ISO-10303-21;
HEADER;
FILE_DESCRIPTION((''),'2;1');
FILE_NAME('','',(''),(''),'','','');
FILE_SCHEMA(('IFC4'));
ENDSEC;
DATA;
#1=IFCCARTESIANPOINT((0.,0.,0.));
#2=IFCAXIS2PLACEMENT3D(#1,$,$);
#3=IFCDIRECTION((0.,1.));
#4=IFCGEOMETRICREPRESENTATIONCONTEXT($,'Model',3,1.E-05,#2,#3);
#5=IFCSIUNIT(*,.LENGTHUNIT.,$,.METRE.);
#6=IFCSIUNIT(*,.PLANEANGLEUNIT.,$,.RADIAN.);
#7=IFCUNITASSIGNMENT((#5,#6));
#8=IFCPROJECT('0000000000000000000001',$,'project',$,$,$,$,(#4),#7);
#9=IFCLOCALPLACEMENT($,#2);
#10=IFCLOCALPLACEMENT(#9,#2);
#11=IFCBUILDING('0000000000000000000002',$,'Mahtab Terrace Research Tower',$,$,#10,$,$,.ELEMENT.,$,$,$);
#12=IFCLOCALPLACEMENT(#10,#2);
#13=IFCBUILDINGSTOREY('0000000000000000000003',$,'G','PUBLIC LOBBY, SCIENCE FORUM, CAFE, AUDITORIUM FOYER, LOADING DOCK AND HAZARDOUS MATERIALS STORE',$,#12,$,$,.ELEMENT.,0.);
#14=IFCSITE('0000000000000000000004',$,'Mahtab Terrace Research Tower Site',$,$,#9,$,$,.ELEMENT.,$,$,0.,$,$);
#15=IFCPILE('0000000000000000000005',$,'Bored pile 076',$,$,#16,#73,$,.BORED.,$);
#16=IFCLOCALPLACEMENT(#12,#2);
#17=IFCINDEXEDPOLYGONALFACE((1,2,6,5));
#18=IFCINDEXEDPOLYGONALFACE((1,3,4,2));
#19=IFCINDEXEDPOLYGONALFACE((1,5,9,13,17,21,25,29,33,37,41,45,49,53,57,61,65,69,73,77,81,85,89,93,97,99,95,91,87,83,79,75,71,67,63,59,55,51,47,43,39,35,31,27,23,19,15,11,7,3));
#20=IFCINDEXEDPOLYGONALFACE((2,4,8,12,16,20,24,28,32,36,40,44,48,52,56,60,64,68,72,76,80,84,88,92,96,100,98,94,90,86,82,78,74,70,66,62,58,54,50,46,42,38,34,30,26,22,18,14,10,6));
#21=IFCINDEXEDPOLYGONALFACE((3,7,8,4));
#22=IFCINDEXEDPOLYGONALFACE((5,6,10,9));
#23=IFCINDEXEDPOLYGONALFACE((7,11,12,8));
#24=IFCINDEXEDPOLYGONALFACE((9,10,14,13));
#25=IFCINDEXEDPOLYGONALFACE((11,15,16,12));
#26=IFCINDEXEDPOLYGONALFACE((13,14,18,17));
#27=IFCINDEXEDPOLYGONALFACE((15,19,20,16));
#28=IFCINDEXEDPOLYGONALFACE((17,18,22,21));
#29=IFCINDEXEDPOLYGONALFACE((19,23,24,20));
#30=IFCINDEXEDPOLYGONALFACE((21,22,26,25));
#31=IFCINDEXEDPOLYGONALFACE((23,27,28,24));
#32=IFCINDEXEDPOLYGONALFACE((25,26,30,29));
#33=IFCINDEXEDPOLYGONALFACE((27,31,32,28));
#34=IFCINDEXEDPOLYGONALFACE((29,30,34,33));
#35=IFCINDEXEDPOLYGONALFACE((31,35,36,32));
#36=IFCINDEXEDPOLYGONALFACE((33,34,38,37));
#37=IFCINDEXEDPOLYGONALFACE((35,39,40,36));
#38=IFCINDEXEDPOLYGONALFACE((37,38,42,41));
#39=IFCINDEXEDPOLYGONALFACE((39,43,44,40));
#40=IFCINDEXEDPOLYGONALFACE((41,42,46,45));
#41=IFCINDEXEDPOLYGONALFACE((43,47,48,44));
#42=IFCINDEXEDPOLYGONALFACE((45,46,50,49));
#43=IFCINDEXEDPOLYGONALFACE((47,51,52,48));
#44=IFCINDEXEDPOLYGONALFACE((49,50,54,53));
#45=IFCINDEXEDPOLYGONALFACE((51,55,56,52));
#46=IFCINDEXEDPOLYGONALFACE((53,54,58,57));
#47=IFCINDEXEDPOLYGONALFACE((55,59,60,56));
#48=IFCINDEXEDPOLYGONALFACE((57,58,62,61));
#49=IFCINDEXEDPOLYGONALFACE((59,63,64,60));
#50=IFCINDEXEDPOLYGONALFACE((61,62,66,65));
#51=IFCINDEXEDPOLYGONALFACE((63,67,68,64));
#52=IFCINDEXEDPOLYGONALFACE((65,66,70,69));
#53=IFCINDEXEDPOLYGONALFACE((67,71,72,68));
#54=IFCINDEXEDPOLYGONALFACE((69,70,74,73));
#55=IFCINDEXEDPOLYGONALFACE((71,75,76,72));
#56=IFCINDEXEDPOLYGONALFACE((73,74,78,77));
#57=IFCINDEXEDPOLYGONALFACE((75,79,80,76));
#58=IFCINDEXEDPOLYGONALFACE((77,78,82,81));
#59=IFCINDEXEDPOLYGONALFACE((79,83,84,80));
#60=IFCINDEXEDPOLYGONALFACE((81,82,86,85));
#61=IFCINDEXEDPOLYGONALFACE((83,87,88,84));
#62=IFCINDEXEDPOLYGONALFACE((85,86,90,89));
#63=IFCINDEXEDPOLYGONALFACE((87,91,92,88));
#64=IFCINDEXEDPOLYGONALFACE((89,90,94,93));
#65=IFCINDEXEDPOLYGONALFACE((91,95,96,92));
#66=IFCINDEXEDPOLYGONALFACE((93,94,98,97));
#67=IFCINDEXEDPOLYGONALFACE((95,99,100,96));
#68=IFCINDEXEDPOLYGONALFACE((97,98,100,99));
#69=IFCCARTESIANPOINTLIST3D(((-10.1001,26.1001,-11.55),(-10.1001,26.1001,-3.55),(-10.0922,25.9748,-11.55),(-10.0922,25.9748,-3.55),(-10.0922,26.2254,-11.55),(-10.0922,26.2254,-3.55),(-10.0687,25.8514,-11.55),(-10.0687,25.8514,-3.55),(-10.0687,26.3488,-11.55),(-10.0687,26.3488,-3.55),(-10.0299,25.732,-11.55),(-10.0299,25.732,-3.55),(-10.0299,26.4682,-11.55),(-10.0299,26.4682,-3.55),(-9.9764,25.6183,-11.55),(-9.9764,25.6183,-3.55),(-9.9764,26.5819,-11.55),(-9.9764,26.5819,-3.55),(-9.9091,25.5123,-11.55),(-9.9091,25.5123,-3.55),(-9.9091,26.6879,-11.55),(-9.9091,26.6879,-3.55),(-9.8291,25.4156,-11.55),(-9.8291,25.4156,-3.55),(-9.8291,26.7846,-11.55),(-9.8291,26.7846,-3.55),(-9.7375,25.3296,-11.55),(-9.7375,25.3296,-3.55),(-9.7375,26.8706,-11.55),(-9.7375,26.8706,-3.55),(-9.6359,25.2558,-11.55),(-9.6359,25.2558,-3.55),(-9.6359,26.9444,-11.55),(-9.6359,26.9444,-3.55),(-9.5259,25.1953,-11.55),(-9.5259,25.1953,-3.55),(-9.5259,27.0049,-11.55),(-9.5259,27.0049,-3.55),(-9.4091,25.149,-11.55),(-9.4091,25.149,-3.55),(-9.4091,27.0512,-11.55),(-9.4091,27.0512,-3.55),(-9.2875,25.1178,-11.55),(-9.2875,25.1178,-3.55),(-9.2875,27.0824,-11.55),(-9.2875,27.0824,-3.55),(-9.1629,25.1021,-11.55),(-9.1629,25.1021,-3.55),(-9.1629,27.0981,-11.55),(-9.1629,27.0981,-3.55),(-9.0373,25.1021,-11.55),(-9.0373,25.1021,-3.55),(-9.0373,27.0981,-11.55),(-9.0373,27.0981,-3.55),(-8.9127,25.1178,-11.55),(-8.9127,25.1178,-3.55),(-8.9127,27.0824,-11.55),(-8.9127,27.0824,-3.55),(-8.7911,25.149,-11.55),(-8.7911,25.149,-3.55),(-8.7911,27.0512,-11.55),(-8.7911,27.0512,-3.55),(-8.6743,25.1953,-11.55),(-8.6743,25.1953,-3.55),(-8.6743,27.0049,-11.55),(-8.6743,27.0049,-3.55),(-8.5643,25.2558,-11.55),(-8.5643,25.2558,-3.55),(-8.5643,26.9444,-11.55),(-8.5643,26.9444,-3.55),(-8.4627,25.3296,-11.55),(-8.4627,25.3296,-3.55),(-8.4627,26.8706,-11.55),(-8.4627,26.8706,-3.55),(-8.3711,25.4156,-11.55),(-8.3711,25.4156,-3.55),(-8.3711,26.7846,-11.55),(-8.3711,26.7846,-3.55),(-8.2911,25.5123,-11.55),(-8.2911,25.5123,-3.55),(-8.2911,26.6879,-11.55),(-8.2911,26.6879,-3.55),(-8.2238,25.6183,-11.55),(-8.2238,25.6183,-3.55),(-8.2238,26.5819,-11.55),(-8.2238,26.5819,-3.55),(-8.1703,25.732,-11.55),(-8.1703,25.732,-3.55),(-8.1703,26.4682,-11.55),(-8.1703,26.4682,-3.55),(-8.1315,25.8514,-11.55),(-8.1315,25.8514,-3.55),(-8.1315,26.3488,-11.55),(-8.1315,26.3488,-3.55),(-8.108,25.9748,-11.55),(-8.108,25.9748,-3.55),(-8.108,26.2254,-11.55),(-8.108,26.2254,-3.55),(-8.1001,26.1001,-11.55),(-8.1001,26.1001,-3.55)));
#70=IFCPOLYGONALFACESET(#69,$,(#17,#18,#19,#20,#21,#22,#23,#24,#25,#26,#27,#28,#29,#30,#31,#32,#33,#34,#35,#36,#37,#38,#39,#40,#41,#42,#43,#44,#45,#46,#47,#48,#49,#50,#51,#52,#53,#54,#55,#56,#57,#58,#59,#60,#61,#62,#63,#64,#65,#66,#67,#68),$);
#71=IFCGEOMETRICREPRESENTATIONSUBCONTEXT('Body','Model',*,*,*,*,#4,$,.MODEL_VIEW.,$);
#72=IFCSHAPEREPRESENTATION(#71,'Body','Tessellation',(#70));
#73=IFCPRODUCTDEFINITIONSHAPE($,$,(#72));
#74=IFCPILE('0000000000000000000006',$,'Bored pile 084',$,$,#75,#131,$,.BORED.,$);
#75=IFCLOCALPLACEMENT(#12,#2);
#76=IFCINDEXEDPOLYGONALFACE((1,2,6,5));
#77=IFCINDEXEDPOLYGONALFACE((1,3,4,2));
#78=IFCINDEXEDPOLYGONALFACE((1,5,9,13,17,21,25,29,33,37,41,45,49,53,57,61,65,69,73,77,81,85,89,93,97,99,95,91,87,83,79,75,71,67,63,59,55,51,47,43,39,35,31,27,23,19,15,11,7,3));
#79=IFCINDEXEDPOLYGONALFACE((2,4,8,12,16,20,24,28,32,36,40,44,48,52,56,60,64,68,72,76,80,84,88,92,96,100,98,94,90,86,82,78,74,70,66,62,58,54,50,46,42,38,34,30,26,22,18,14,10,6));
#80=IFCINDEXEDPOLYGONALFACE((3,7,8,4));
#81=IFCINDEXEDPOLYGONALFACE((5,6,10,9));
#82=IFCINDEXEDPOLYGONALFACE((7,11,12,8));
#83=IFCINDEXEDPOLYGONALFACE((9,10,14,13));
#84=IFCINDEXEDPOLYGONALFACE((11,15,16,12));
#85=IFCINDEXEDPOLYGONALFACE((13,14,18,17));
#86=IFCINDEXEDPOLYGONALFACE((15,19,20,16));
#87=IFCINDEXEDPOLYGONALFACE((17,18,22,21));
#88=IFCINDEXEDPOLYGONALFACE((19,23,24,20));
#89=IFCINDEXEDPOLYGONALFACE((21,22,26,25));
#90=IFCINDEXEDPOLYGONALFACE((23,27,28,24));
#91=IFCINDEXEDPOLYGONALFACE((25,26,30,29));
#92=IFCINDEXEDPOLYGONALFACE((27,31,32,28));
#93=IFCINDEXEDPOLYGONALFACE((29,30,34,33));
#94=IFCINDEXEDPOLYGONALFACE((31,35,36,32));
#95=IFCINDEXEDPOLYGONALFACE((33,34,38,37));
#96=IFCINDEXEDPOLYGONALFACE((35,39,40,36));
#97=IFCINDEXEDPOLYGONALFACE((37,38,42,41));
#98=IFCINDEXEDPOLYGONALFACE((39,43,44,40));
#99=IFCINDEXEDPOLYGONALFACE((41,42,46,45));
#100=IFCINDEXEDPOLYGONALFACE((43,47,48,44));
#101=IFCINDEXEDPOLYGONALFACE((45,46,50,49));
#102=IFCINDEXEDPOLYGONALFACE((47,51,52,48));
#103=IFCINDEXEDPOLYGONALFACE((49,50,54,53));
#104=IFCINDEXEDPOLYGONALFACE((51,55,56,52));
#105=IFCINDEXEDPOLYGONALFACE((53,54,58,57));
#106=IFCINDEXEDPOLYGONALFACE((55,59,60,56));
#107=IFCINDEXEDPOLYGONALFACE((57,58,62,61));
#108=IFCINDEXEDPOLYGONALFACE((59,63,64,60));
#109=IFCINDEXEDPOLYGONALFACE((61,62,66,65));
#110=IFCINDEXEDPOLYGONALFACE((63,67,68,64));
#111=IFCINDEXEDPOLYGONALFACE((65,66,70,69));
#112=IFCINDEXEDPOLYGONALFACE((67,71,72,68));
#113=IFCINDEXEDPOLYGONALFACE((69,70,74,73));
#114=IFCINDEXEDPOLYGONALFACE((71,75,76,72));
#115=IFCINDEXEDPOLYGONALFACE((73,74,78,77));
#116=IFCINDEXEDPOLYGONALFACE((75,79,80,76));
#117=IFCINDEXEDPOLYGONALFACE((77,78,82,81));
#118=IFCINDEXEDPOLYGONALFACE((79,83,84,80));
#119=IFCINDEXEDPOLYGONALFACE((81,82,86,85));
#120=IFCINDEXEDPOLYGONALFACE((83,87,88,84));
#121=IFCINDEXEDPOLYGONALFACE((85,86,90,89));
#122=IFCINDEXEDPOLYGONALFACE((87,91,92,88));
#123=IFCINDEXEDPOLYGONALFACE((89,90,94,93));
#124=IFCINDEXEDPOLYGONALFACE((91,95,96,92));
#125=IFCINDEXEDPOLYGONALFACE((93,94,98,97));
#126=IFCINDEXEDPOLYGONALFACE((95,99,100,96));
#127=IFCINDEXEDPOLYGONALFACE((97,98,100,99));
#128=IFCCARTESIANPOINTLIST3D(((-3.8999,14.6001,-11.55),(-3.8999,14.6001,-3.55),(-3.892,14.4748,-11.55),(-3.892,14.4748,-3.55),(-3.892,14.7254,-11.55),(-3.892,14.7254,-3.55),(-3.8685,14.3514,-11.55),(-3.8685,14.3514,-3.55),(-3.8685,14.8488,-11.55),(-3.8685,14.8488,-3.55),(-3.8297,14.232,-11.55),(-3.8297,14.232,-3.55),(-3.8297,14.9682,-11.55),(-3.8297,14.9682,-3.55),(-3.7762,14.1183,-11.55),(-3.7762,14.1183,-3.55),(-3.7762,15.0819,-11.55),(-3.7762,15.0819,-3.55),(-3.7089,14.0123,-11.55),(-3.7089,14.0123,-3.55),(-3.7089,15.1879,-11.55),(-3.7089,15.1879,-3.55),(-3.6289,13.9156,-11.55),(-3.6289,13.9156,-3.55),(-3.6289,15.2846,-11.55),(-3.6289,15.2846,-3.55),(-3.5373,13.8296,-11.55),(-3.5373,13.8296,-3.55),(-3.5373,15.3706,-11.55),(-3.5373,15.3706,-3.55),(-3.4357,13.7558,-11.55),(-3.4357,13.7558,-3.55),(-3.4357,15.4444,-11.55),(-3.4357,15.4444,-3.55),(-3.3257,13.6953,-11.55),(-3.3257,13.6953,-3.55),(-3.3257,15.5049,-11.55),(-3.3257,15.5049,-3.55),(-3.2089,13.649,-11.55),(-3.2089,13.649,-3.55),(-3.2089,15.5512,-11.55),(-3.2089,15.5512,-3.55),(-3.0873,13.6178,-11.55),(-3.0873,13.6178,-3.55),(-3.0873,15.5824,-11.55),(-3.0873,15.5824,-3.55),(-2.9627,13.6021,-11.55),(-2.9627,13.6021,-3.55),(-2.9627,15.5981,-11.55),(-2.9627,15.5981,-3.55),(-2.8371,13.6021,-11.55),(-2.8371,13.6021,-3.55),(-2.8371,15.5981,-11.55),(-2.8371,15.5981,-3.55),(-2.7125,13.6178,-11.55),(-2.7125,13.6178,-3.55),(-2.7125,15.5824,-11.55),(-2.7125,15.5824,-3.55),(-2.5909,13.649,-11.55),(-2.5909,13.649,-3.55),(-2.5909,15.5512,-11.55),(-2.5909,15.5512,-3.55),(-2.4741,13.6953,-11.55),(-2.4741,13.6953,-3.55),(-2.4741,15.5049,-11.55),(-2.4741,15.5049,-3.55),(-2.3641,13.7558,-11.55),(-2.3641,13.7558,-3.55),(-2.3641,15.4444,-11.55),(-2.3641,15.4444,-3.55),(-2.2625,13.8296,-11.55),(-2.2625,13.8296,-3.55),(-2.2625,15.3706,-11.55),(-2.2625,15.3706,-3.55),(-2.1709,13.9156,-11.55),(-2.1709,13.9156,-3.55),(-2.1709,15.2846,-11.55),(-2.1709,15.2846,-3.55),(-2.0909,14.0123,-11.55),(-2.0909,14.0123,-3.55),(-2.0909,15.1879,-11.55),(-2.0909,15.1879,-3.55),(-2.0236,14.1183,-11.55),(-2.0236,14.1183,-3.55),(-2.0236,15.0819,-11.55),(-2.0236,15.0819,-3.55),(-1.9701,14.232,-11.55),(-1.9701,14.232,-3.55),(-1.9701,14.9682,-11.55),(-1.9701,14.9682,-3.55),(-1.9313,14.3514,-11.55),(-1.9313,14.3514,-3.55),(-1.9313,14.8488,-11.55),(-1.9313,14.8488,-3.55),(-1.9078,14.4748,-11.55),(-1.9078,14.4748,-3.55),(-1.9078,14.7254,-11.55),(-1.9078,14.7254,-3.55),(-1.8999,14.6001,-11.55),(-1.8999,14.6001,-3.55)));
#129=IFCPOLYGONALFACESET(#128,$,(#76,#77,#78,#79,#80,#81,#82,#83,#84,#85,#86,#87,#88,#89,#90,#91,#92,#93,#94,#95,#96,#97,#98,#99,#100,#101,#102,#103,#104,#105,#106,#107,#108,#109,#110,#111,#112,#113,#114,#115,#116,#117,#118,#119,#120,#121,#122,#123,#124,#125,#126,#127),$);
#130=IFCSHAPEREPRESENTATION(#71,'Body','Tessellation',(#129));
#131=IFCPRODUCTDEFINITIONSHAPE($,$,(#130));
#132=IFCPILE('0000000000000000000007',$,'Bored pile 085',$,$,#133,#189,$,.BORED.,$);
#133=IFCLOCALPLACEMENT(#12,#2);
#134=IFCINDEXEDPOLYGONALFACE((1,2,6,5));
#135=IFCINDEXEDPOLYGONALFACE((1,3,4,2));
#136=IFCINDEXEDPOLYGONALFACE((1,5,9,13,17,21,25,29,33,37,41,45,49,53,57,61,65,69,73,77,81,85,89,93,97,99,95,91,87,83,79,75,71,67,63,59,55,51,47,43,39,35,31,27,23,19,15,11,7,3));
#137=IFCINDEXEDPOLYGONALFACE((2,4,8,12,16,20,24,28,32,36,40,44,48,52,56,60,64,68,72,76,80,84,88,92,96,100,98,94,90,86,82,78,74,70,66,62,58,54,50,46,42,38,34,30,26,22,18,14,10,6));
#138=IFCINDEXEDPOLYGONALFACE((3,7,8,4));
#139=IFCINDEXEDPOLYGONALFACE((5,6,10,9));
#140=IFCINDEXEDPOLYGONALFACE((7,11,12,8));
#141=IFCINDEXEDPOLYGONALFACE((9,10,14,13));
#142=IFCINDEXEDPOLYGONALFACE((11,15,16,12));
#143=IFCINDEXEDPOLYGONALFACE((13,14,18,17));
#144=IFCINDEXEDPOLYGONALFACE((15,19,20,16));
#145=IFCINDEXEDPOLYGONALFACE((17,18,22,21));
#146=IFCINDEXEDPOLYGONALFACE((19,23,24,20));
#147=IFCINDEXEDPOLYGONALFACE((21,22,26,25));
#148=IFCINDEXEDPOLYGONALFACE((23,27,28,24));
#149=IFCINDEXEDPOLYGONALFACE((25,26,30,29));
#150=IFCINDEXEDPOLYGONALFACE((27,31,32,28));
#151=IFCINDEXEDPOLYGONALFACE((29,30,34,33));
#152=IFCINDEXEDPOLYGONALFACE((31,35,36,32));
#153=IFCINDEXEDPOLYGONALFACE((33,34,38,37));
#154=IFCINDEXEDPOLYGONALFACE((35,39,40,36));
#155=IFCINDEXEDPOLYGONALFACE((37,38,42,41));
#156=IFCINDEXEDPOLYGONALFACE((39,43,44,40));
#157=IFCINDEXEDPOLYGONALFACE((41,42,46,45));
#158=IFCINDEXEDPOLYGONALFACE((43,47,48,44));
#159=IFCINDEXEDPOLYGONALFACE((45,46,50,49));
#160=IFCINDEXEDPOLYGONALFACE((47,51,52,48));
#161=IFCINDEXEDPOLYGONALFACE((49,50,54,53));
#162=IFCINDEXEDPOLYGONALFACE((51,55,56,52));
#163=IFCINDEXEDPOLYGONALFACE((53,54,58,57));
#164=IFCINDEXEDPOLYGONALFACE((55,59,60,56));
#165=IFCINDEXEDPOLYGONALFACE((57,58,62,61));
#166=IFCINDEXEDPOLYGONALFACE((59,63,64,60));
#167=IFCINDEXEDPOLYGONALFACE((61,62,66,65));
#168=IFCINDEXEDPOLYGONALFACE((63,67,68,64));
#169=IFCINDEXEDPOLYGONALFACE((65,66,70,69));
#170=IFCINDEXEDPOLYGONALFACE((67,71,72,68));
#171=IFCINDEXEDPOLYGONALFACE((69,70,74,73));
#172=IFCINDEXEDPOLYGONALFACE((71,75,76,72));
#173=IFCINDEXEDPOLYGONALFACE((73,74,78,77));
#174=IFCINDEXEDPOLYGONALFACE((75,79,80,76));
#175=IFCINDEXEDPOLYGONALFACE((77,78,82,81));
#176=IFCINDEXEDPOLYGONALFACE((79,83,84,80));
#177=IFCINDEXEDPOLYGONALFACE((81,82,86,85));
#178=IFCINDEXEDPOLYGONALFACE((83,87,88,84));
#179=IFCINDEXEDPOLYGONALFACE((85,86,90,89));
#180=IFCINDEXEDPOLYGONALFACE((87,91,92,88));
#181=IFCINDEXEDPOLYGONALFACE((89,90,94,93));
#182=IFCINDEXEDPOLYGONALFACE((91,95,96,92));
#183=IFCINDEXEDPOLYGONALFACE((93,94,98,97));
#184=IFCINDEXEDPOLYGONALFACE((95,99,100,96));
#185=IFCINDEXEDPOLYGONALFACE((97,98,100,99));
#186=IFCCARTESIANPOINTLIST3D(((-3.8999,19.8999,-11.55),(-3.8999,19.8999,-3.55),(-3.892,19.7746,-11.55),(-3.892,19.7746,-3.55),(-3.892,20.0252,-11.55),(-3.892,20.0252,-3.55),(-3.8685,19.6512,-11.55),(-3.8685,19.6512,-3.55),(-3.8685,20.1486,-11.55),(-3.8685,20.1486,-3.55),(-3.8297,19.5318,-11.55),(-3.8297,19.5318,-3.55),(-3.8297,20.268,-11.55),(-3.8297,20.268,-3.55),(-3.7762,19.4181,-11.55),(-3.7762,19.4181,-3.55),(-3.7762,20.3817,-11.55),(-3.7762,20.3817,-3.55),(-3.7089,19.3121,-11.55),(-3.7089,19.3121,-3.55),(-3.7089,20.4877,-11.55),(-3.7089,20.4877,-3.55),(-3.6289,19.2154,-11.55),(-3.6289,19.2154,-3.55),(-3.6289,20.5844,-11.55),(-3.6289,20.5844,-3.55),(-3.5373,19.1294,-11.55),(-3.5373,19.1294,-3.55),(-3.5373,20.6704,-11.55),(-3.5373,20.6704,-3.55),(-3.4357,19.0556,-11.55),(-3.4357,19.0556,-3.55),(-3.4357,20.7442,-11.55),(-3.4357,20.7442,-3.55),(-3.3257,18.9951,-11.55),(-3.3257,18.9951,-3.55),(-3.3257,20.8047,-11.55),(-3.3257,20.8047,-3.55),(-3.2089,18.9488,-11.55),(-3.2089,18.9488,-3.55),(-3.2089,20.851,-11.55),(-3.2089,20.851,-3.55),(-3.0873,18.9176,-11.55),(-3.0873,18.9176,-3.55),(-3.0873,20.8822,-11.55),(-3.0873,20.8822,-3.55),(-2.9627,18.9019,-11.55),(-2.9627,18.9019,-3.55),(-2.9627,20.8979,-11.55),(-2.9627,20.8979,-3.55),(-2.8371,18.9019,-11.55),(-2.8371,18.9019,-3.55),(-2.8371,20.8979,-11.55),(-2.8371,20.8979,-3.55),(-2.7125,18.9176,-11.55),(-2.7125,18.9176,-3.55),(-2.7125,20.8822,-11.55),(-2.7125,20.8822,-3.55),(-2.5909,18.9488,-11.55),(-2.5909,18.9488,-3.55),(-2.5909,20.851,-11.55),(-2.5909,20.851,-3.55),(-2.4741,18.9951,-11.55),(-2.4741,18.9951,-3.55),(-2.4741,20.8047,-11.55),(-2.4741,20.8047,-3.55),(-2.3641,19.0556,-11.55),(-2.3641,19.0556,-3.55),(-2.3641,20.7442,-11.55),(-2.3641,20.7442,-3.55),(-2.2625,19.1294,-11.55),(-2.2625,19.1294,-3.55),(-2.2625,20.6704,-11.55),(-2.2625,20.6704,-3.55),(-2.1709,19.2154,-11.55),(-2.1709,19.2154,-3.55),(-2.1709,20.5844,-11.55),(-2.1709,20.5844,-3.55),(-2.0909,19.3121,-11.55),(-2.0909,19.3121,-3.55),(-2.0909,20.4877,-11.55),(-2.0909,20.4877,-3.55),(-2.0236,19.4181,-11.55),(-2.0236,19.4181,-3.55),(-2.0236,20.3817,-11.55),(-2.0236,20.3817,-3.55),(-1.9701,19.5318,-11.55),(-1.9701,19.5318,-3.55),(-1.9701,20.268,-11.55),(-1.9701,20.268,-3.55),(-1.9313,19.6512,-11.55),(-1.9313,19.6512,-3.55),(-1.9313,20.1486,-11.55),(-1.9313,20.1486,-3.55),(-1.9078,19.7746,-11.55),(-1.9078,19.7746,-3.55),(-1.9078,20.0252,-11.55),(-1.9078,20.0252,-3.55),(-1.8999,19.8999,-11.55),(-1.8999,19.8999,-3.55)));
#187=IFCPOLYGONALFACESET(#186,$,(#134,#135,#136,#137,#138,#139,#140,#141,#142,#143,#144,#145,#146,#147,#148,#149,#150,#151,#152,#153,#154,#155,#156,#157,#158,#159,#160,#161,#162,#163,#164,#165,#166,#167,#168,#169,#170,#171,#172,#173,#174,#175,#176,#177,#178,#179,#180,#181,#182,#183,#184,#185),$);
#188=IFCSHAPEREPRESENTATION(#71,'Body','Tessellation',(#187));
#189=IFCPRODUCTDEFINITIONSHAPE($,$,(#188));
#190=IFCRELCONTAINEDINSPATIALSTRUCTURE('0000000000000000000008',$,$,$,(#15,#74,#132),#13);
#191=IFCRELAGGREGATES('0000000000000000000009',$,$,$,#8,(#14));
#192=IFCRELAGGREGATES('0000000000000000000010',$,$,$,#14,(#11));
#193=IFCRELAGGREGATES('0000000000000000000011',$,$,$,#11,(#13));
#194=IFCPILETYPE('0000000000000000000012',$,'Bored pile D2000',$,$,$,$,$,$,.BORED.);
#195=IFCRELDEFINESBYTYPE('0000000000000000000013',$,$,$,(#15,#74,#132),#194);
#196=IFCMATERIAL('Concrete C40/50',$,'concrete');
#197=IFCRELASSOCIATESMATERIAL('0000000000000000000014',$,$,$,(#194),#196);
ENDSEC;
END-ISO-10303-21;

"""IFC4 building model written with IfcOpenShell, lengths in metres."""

from ifc_helpers import new_model, si_unit, direction, frame, origin, origin_2d, place, context, subcontext, project, spatial, circle, extrude, material, material_profile, profile_set, type_object, element, save


model = new_model("IFC4")

# Units and contexts
model_context = context("Model", 3, precision=1e-05, world=origin(), true_north=direction((0.0, 1.0)))
body_context = subcontext(model_context, "Body", "Model", "MODEL_VIEW")
ifc_project = project(units=[si_unit("LENGTHUNIT", "METRE"), si_unit("PLANEANGLEUNIT", "RADIAN")], contexts=[model_context])

# Site, building, storey
site_placement = place(None, origin())
site = spatial("IfcSite", under=ifc_project, at=site_placement, Name="Mahtab Terrace Research Tower Site", CompositionType="ELEMENT", RefElevation=0.0)
building_placement = place(site_placement, origin())
building = spatial("IfcBuilding", under=site, at=building_placement, Name="Mahtab Terrace Research Tower", CompositionType="ELEMENT")
storey_placement = place(building_placement, origin())
storey = spatial("IfcBuildingStorey", under=building, at=storey_placement, Name="G", Description="PUBLIC LOBBY, SCIENCE FORUM, CAFE, AUDITORIUM FOYER, LOADING DOCK AND HAZARDOUS MATERIALS STORE", CompositionType="ELEMENT", Elevation=0.0)

# Piles
ifc_material_1 = material(Name="Concrete C40/50", Category="concrete")
ifc_material_profile_1 = material_profile(ifc_material_1, circle(Radius=1.0, at=origin_2d()), Name="Bored pile D2000")
ifc_profile_set_1 = profile_set([ifc_material_profile_1], Name="Concrete C40/50")
pile_type_1 = type_object("IfcPileType", Name="Bored pile D2000", PredefinedType="BORED", material=ifc_profile_set_1)
for number, where, z_axis, x_axis, name in (
    (1, (-9.1001, 26.1001, -3.55), (0.0, 0.0, -1.0), (1.0, 0.0, 0.0), "Bored pile 076"),
    (2, (-2.8999, 14.6001, -3.55), (0.0, 0.0, -1.0), (1.0, 0.0, 0.0), "Bored pile 084"),
    (3, (-2.8999, 19.8999, -3.55), (0.0, 0.0, -1.0), (1.0, 0.0, 0.0), "Bored pile 085"),
):
    element("IfcPile", number, at=place(storey_placement, frame(where, z_axis=z_axis, x_axis=x_axis)), inside=storey, type_object=pile_type_1, Name=name, PredefinedType="BORED", context=body_context, shape_type="SweptSolid", body=[
        extrude(circle(Radius=1.0, at=origin_2d()), origin(), (0.0, 0.0, 1.0), 8.0),
    ])

save(model, "model.ifc")
